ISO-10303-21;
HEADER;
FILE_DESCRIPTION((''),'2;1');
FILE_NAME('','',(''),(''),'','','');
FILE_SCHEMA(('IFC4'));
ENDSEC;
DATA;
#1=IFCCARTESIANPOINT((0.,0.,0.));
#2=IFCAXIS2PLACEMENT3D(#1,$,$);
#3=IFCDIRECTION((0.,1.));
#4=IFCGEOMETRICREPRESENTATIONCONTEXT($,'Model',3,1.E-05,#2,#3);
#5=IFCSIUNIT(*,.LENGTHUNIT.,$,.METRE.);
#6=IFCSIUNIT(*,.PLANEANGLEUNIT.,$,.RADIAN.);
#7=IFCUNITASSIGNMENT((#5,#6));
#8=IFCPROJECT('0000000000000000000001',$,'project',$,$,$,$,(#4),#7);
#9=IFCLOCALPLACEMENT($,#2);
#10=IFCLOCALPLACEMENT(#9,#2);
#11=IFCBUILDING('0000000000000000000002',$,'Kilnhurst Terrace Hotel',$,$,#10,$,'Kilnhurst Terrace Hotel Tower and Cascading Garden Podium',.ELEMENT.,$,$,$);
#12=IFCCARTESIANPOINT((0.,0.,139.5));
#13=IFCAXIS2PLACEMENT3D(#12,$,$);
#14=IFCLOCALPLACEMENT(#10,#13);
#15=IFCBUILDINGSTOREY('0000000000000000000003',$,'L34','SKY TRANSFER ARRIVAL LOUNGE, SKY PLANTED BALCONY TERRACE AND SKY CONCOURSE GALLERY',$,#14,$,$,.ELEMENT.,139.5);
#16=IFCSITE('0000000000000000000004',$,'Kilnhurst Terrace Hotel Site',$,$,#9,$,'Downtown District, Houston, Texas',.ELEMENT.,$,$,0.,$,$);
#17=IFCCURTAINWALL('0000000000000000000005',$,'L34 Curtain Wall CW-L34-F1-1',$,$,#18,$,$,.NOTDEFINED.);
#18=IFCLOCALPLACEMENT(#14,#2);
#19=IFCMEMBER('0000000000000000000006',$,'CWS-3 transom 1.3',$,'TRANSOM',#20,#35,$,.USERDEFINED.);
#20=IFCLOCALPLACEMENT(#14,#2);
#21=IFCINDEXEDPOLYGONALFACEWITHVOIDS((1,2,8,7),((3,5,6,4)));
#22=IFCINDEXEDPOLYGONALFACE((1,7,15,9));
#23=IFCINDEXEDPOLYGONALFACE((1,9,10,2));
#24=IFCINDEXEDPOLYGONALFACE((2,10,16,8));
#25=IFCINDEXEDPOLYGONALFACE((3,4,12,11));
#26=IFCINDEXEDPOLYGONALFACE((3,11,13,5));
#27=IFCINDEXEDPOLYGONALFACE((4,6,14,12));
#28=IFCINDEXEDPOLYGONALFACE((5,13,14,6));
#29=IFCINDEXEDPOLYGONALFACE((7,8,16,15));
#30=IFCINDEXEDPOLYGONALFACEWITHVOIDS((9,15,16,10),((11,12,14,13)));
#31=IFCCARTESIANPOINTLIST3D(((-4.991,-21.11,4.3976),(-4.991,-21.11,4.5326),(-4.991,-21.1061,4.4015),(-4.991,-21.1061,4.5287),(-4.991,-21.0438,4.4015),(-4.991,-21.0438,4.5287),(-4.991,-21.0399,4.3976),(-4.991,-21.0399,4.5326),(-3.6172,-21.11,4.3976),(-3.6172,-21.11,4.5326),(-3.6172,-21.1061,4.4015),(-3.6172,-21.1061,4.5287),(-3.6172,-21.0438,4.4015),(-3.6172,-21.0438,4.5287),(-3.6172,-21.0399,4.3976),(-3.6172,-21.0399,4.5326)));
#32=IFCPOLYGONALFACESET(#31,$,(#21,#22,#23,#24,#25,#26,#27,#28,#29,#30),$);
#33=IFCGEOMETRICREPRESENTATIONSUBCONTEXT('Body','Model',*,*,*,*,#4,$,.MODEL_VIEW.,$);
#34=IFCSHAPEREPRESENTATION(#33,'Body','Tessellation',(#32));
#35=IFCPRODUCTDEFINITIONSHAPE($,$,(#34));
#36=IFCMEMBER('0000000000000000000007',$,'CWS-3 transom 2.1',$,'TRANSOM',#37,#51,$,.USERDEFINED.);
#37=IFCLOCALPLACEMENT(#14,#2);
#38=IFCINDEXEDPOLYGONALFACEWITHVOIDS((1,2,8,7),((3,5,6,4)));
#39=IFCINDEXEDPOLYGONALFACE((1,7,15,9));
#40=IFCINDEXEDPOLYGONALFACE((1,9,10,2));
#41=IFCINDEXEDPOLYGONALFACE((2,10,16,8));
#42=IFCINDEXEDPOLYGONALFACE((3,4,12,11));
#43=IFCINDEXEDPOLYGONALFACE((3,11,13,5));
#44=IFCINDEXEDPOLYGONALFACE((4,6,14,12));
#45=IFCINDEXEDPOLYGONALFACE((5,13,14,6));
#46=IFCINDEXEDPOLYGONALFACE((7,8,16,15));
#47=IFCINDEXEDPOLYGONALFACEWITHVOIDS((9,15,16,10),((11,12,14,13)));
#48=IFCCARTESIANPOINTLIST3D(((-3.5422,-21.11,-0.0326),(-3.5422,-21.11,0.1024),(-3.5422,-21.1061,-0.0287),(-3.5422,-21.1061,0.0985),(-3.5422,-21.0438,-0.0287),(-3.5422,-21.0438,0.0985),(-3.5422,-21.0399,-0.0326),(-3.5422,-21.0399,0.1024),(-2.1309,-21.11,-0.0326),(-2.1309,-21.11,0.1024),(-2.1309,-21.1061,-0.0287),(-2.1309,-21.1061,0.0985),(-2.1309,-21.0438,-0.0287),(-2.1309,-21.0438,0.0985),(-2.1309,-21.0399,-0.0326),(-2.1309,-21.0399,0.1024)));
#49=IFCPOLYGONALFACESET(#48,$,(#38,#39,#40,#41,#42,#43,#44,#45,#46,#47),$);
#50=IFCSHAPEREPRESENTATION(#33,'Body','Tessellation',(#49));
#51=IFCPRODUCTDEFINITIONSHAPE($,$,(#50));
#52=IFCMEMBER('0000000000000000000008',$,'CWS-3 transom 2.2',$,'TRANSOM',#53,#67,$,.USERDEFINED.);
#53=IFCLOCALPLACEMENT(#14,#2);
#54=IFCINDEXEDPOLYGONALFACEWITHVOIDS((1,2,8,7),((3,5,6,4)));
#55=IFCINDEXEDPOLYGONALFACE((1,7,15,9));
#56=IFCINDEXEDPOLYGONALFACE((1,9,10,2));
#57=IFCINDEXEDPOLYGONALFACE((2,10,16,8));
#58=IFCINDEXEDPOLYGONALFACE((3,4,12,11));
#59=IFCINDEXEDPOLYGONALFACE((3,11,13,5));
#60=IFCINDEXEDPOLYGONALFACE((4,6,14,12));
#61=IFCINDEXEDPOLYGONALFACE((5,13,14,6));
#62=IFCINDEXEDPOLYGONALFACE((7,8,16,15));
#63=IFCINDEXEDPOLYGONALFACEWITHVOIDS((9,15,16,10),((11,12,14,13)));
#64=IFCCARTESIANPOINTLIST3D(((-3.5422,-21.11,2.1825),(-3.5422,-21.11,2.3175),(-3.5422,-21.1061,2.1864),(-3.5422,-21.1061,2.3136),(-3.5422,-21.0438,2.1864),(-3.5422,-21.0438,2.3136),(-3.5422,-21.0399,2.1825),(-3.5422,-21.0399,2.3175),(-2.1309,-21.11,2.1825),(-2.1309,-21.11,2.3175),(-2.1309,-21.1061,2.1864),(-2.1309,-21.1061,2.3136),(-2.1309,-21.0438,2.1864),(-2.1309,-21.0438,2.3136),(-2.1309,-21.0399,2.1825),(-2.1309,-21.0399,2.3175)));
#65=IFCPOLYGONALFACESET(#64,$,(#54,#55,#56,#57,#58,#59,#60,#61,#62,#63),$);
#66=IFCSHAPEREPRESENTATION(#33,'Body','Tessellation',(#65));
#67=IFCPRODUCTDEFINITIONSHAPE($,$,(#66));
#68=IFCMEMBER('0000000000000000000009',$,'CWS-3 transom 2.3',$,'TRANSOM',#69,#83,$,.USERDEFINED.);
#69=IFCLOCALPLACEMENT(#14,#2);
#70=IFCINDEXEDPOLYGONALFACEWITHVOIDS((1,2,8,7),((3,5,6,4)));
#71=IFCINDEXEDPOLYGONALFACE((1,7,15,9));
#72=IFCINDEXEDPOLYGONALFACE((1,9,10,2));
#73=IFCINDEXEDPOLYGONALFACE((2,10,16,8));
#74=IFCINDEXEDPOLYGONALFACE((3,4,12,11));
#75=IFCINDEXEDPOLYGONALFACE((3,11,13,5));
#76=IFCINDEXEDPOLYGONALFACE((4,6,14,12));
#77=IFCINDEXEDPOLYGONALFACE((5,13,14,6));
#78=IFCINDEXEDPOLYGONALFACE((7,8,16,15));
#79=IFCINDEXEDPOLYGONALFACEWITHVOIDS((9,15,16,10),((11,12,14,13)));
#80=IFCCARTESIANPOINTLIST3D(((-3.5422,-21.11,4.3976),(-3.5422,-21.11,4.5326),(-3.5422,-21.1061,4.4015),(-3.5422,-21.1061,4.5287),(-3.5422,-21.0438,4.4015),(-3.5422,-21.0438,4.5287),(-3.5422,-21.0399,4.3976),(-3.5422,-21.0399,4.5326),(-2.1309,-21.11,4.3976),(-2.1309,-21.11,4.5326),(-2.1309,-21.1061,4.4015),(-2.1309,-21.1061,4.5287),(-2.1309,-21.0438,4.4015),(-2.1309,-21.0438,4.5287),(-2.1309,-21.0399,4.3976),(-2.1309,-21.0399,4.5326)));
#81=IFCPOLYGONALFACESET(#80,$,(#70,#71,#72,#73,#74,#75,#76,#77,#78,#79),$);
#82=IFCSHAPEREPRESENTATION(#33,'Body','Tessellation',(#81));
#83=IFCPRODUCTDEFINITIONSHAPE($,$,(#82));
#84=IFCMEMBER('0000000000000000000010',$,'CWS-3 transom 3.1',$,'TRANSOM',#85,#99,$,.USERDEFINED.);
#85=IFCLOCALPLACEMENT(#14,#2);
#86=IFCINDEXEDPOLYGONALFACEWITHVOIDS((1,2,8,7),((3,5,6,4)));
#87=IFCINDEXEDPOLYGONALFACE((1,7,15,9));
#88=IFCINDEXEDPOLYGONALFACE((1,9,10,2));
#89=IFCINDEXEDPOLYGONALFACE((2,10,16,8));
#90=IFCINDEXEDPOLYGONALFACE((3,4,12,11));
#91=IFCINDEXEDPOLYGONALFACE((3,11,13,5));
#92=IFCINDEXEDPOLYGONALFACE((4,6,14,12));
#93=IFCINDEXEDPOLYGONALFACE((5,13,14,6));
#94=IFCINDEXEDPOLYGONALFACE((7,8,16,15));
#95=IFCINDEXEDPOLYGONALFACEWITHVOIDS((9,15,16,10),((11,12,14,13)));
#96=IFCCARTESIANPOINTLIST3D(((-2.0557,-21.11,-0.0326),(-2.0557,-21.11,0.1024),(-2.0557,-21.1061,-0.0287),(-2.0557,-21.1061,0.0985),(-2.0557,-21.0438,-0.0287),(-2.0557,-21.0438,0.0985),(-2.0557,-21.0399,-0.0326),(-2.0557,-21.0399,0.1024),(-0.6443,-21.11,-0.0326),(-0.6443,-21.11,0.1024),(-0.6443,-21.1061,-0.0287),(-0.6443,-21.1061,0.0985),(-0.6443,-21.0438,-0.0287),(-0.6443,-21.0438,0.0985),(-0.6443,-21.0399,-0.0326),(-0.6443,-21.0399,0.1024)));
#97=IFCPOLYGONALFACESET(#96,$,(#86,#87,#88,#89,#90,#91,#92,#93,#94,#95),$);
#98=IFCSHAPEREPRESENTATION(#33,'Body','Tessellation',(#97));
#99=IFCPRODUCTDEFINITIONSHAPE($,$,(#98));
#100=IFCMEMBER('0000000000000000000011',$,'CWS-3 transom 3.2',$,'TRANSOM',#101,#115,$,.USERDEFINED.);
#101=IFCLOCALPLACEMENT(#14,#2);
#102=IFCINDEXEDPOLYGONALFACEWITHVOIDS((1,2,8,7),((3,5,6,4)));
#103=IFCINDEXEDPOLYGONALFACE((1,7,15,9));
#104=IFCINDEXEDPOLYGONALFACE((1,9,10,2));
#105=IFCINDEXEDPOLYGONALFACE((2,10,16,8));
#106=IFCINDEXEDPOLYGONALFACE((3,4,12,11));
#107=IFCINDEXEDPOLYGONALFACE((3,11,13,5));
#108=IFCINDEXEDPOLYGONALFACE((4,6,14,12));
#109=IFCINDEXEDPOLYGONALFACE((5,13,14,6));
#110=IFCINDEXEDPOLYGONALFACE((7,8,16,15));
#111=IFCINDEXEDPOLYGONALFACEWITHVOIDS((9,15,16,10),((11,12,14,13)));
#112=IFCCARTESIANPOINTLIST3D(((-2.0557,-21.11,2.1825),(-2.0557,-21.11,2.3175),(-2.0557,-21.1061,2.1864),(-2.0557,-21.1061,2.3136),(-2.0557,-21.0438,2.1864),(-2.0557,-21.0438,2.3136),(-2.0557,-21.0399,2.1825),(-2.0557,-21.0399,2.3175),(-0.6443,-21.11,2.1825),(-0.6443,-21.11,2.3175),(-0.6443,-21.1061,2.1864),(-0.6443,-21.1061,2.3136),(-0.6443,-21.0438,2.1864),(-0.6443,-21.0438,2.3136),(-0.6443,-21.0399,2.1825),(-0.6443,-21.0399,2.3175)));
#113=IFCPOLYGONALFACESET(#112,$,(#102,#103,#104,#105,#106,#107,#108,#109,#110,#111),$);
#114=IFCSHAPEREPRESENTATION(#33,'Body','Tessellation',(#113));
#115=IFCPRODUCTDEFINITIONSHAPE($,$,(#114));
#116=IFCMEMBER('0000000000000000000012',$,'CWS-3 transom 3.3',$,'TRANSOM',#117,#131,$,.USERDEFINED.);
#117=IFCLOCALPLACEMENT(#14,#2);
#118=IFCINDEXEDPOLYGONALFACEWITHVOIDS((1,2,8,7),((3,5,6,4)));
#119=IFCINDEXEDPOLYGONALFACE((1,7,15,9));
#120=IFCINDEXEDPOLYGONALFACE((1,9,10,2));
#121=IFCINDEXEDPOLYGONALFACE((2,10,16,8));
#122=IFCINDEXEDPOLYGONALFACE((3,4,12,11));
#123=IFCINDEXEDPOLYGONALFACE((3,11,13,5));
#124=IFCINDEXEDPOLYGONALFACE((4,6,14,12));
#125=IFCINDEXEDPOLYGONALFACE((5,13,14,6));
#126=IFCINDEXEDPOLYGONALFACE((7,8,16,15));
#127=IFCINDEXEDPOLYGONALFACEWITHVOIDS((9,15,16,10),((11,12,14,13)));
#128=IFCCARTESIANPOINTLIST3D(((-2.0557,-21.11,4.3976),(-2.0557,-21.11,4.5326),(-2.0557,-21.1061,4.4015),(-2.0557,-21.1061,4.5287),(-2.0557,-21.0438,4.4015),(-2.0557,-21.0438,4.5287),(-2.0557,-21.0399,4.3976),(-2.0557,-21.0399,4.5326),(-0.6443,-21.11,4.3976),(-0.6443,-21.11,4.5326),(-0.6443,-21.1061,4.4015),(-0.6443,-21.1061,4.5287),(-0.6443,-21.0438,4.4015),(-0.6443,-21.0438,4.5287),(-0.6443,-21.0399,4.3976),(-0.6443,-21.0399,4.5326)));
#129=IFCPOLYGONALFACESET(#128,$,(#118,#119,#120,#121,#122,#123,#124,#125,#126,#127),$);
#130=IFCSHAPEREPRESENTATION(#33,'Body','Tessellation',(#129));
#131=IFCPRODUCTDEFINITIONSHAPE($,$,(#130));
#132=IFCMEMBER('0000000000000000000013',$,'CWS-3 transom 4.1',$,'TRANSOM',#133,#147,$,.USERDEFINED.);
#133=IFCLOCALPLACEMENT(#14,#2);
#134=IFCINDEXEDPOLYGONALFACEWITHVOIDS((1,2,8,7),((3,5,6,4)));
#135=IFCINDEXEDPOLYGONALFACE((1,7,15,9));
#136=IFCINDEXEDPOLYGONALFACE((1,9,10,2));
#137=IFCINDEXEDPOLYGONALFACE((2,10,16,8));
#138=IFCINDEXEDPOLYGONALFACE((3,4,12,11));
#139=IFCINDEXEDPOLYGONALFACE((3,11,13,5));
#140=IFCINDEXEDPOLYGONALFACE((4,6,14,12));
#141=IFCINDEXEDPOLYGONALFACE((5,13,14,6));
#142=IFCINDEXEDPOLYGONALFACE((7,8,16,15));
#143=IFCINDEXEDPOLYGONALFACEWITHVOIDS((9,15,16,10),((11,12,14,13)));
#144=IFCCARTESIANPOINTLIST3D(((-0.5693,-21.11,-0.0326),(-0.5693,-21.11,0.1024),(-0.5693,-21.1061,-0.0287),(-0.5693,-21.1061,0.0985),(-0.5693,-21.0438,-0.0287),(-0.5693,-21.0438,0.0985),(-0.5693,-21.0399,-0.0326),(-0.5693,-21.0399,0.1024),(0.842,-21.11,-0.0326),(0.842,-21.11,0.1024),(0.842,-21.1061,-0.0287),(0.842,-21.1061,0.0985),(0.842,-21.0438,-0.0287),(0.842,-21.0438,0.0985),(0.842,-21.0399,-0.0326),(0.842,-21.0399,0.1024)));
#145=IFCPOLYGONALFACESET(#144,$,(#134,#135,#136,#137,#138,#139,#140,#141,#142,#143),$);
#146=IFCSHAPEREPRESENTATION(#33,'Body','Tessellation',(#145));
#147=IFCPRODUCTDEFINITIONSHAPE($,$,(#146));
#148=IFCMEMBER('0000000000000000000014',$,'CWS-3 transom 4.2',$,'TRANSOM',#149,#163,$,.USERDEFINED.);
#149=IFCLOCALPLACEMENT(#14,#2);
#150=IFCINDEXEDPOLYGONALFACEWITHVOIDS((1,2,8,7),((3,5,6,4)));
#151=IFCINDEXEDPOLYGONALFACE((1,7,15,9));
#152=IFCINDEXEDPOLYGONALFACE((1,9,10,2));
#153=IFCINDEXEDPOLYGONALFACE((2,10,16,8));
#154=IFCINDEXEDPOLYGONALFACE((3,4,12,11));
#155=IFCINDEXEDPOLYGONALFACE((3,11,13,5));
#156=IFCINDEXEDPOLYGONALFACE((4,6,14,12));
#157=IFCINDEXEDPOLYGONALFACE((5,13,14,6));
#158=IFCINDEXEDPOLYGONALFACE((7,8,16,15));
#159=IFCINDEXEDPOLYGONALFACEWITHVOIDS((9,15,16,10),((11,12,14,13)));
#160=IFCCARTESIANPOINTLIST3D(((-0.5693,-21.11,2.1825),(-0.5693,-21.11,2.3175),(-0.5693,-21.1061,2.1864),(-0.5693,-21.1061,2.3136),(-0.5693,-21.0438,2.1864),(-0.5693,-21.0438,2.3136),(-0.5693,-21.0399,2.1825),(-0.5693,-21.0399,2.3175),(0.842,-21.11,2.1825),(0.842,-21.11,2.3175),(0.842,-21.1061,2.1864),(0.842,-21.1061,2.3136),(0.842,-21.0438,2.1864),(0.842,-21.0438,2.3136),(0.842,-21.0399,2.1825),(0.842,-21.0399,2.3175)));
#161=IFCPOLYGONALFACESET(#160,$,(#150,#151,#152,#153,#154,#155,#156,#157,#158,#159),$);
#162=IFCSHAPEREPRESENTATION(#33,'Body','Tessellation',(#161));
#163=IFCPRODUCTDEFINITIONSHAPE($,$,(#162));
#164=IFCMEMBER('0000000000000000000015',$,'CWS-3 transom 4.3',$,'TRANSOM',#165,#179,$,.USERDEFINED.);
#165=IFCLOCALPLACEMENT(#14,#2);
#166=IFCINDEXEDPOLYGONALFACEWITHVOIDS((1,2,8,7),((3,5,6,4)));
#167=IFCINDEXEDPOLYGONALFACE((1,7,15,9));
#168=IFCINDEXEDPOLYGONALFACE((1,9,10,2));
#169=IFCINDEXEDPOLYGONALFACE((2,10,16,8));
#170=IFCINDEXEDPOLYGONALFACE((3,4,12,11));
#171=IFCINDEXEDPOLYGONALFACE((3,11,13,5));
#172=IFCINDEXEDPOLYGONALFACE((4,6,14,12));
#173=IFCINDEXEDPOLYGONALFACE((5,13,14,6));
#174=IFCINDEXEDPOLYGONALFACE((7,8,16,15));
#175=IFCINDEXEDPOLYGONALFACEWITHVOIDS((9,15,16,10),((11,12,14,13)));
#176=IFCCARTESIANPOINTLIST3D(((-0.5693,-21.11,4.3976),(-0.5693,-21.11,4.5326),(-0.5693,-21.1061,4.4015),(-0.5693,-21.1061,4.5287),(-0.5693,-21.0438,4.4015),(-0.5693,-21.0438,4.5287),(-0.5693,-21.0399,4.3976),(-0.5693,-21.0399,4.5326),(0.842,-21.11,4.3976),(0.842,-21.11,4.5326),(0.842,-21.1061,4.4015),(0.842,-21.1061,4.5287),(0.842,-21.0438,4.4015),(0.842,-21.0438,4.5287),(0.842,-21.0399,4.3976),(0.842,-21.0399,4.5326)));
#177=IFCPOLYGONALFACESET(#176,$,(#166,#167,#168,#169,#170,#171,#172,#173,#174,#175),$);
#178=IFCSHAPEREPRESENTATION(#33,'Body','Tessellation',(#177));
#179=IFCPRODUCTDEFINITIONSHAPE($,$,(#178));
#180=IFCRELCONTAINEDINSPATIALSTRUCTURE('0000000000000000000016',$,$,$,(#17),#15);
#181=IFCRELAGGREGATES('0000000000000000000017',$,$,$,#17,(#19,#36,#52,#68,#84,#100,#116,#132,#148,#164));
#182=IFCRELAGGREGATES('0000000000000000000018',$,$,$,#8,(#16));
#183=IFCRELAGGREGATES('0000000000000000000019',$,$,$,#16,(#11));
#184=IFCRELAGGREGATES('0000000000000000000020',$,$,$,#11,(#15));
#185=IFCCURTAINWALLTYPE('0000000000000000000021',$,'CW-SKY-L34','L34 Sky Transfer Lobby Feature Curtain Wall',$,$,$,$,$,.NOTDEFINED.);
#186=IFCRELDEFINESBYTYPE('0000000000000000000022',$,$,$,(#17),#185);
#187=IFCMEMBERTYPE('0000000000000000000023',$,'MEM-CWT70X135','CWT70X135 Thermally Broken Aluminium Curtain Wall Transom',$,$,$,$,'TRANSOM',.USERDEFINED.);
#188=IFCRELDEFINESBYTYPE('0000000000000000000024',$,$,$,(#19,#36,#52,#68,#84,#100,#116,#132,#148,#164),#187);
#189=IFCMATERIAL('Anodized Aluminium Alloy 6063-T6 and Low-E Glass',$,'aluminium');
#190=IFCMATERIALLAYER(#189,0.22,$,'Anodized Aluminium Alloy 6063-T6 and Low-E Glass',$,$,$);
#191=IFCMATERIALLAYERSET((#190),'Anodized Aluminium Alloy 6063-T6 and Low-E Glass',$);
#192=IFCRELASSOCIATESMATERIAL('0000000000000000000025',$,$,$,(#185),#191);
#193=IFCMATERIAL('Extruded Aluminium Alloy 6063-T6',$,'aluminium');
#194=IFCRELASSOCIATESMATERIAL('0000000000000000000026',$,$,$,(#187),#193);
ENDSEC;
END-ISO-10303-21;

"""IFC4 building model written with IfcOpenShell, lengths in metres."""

from ifc_helpers import new_model, si_unit, direction, frame, origin, origin_2d, place, context, subcontext, project, spatial, hollow_rectangle, extrude, material, layer, layer_set, material_profile, profile_set, type_object, element, aggregate, save


model = new_model("IFC4")

# Units and contexts
model_context = context("Model", 3, precision=1e-05, world=origin(), true_north=direction((0.0, 1.0)))
body_context = subcontext(model_context, "Body", "Model", "MODEL_VIEW")
ifc_project = project(units=[si_unit("LENGTHUNIT", "METRE"), si_unit("PLANEANGLEUNIT", "RADIAN")], contexts=[model_context])

# Site, building, storey
site_placement = place(None, origin())
site = spatial("IfcSite", under=ifc_project, at=site_placement, Name="Kilnhurst Terrace Hotel Site", LongName="Downtown District, Houston, Texas", CompositionType="ELEMENT", RefElevation=0.0)
building_placement = place(site_placement, origin())
building = spatial("IfcBuilding", under=site, at=building_placement, Name="Kilnhurst Terrace Hotel", LongName="Kilnhurst Terrace Hotel Tower and Cascading Garden Podium", CompositionType="ELEMENT")
storey_placement = place(building_placement, frame((0.0, 0.0, 139.5)))
storey = spatial("IfcBuildingStorey", under=building, at=storey_placement, Name="L34", Description="SKY TRANSFER ARRIVAL LOUNGE, SKY PLANTED BALCONY TERRACE AND SKY CONCOURSE GALLERY", CompositionType="ELEMENT", Elevation=139.5)

# Curtain wall, members
ifc_material_1 = material(Name="Anodized Aluminium Alloy 6063-T6 and Low-E Glass", Category="aluminium")
ifc_layer_1 = layer(ifc_material_1, 0.22, Name="Anodized Aluminium Alloy 6063-T6 and Low-E Glass")
ifc_layer_set_1 = layer_set([ifc_layer_1], Name="Anodized Aluminium Alloy 6063-T6 and Low-E Glass")
curtain_wall_type = type_object("IfcCurtainWallType", Name="CW-SKY-L34", Description="L34 Sky Transfer Lobby Feature Curtain Wall", PredefinedType="NOTDEFINED", material=ifc_layer_set_1)
curtain_wall_placement = place(storey_placement, origin())
curtain_wall = element("IfcCurtainWall", 1, at=curtain_wall_placement, inside=storey, type_object=curtain_wall_type, Name="L34 Curtain Wall CW-L34-F1-1", PredefinedType="NOTDEFINED")
ifc_material_2 = material(Name="Extruded Aluminium Alloy 6063-T6", Category="aluminium")
ifc_material_profile_1 = material_profile(ifc_material_2, hollow_rectangle(XDim=0.0701, YDim=0.135, WallThickness=0.0039, at=origin_2d()), Name="CWT70X135")
ifc_profile_set_1 = profile_set([ifc_material_profile_1], Name="Extruded Aluminium Alloy 6063-T6")
member_type_1 = type_object("IfcMemberType", Name="MEM-CWT70X135", Description="CWT70X135 Thermally Broken Aluminium Curtain Wall Transom", ElementType="TRANSOM", PredefinedType="USERDEFINED", material=ifc_profile_set_1)
member_1_placement = place(storey_placement, frame((-4.991, -21.075, 4.4651), z_axis=(1.0, 0.0, 0.0), x_axis=(0.0, 1.0, 0.0)))
member_1 = element("IfcMember", 2, at=member_1_placement, type_object=member_type_1, Name="CWS-3 transom 1.3", ObjectType="TRANSOM", PredefinedType="USERDEFINED", context=body_context, shape_type="SweptSolid", body=[
    extrude(hollow_rectangle(XDim=0.0701, YDim=0.135, WallThickness=0.0039, at=origin_2d()), origin(), (0.0, 0.0, 1.0), 1.3738),
])
member_2_placement = place(storey_placement, frame((-3.5422, -21.075, 0.0349), z_axis=(1.0, 0.0, 0.0), x_axis=(0.0, 1.0, 0.0)))
member_2 = element("IfcMember", 3, at=member_2_placement, type_object=member_type_1, Name="CWS-3 transom 2.1", ObjectType="TRANSOM", PredefinedType="USERDEFINED", context=body_context, shape_type="SweptSolid", body=[
    extrude(hollow_rectangle(XDim=0.0701, YDim=0.135, WallThickness=0.0039, at=origin_2d()), origin(), (0.0, 0.0, 1.0), 1.4114),
])
member_3_placement = place(storey_placement, frame((-3.5422, -21.075, 2.25), z_axis=(1.0, 0.0, 0.0), x_axis=(0.0, 1.0, 0.0)))
member_3 = element("IfcMember", 4, at=member_3_placement, type_object=member_type_1, Name="CWS-3 transom 2.2", ObjectType="TRANSOM", PredefinedType="USERDEFINED", context=body_context, shape_type="SweptSolid", body=[
    extrude(hollow_rectangle(XDim=0.0701, YDim=0.135, WallThickness=0.0039, at=origin_2d()), origin(), (0.0, 0.0, 1.0), 1.4114),
])
member_4_placement = place(storey_placement, frame((-3.5422, -21.075, 4.4651), z_axis=(1.0, 0.0, 0.0), x_axis=(0.0, 1.0, 0.0)))
member_4 = element("IfcMember", 5, at=member_4_placement, type_object=member_type_1, Name="CWS-3 transom 2.3", ObjectType="TRANSOM", PredefinedType="USERDEFINED", context=body_context, shape_type="SweptSolid", body=[
    extrude(hollow_rectangle(XDim=0.0701, YDim=0.135, WallThickness=0.0039, at=origin_2d()), origin(), (0.0, 0.0, 1.0), 1.4114),
])
member_5_placement = place(storey_placement, frame((-2.0557, -21.075, 0.0349), z_axis=(1.0, 0.0, 0.0), x_axis=(0.0, 1.0, 0.0)))
member_5 = element("IfcMember", 6, at=member_5_placement, type_object=member_type_1, Name="CWS-3 transom 3.1", ObjectType="TRANSOM", PredefinedType="USERDEFINED", context=body_context, shape_type="SweptSolid", body=[
    extrude(hollow_rectangle(XDim=0.0701, YDim=0.135, WallThickness=0.0039, at=origin_2d()), origin(), (0.0, 0.0, 1.0), 1.4114),
])
member_6_placement = place(storey_placement, frame((-2.0557, -21.075, 2.25), z_axis=(1.0, 0.0, 0.0), x_axis=(0.0, 1.0, 0.0)))
member_6 = element("IfcMember", 7, at=member_6_placement, type_object=member_type_1, Name="CWS-3 transom 3.2", ObjectType="TRANSOM", PredefinedType="USERDEFINED", context=body_context, shape_type="SweptSolid", body=[
    extrude(hollow_rectangle(XDim=0.0701, YDim=0.135, WallThickness=0.0039, at=origin_2d()), origin(), (0.0, 0.0, 1.0), 1.4114),
])
member_7_placement = place(storey_placement, frame((-2.0557, -21.075, 4.4651), z_axis=(1.0, 0.0, 0.0), x_axis=(0.0, 1.0, 0.0)))
member_7 = element("IfcMember", 8, at=member_7_placement, type_object=member_type_1, Name="CWS-3 transom 3.3", ObjectType="TRANSOM", PredefinedType="USERDEFINED", context=body_context, shape_type="SweptSolid", body=[
    extrude(hollow_rectangle(XDim=0.0701, YDim=0.135, WallThickness=0.0039, at=origin_2d()), origin(), (0.0, 0.0, 1.0), 1.4114),
])
member_8_placement = place(storey_placement, frame((-0.5693, -21.075, 0.0349), z_axis=(1.0, 0.0, 0.0), x_axis=(0.0, 1.0, 0.0)))
member_8 = element("IfcMember", 9, at=member_8_placement, type_object=member_type_1, Name="CWS-3 transom 4.1", ObjectType="TRANSOM", PredefinedType="USERDEFINED", context=body_context, shape_type="SweptSolid", body=[
    extrude(hollow_rectangle(XDim=0.0701, YDim=0.135, WallThickness=0.0039, at=origin_2d()), origin(), (0.0, 0.0, 1.0), 1.4114),
])
member_9_placement = place(storey_placement, frame((-0.5693, -21.075, 2.25), z_axis=(1.0, 0.0, 0.0), x_axis=(0.0, 1.0, 0.0)))
member_9 = element("IfcMember", 10, at=member_9_placement, type_object=member_type_1, Name="CWS-3 transom 4.2", ObjectType="TRANSOM", PredefinedType="USERDEFINED", context=body_context, shape_type="SweptSolid", body=[
    extrude(hollow_rectangle(XDim=0.0701, YDim=0.135, WallThickness=0.0039, at=origin_2d()), origin(), (0.0, 0.0, 1.0), 1.4114),
])
member_10_placement = place(storey_placement, frame((-0.5693, -21.075, 4.4651), z_axis=(1.0, 0.0, 0.0), x_axis=(0.0, 1.0, 0.0)))
member_10 = element("IfcMember", 11, at=member_10_placement, type_object=member_type_1, Name="CWS-3 transom 4.3", ObjectType="TRANSOM", PredefinedType="USERDEFINED", context=body_context, shape_type="SweptSolid", body=[
    extrude(hollow_rectangle(XDim=0.0701, YDim=0.135, WallThickness=0.0039, at=origin_2d()), origin(), (0.0, 0.0, 1.0), 1.4114),
])

aggregate(curtain_wall, [member_1, member_2, member_3, member_4, member_5, member_6, member_7, member_8, member_9, member_10])

save(model, "model.ifc")
